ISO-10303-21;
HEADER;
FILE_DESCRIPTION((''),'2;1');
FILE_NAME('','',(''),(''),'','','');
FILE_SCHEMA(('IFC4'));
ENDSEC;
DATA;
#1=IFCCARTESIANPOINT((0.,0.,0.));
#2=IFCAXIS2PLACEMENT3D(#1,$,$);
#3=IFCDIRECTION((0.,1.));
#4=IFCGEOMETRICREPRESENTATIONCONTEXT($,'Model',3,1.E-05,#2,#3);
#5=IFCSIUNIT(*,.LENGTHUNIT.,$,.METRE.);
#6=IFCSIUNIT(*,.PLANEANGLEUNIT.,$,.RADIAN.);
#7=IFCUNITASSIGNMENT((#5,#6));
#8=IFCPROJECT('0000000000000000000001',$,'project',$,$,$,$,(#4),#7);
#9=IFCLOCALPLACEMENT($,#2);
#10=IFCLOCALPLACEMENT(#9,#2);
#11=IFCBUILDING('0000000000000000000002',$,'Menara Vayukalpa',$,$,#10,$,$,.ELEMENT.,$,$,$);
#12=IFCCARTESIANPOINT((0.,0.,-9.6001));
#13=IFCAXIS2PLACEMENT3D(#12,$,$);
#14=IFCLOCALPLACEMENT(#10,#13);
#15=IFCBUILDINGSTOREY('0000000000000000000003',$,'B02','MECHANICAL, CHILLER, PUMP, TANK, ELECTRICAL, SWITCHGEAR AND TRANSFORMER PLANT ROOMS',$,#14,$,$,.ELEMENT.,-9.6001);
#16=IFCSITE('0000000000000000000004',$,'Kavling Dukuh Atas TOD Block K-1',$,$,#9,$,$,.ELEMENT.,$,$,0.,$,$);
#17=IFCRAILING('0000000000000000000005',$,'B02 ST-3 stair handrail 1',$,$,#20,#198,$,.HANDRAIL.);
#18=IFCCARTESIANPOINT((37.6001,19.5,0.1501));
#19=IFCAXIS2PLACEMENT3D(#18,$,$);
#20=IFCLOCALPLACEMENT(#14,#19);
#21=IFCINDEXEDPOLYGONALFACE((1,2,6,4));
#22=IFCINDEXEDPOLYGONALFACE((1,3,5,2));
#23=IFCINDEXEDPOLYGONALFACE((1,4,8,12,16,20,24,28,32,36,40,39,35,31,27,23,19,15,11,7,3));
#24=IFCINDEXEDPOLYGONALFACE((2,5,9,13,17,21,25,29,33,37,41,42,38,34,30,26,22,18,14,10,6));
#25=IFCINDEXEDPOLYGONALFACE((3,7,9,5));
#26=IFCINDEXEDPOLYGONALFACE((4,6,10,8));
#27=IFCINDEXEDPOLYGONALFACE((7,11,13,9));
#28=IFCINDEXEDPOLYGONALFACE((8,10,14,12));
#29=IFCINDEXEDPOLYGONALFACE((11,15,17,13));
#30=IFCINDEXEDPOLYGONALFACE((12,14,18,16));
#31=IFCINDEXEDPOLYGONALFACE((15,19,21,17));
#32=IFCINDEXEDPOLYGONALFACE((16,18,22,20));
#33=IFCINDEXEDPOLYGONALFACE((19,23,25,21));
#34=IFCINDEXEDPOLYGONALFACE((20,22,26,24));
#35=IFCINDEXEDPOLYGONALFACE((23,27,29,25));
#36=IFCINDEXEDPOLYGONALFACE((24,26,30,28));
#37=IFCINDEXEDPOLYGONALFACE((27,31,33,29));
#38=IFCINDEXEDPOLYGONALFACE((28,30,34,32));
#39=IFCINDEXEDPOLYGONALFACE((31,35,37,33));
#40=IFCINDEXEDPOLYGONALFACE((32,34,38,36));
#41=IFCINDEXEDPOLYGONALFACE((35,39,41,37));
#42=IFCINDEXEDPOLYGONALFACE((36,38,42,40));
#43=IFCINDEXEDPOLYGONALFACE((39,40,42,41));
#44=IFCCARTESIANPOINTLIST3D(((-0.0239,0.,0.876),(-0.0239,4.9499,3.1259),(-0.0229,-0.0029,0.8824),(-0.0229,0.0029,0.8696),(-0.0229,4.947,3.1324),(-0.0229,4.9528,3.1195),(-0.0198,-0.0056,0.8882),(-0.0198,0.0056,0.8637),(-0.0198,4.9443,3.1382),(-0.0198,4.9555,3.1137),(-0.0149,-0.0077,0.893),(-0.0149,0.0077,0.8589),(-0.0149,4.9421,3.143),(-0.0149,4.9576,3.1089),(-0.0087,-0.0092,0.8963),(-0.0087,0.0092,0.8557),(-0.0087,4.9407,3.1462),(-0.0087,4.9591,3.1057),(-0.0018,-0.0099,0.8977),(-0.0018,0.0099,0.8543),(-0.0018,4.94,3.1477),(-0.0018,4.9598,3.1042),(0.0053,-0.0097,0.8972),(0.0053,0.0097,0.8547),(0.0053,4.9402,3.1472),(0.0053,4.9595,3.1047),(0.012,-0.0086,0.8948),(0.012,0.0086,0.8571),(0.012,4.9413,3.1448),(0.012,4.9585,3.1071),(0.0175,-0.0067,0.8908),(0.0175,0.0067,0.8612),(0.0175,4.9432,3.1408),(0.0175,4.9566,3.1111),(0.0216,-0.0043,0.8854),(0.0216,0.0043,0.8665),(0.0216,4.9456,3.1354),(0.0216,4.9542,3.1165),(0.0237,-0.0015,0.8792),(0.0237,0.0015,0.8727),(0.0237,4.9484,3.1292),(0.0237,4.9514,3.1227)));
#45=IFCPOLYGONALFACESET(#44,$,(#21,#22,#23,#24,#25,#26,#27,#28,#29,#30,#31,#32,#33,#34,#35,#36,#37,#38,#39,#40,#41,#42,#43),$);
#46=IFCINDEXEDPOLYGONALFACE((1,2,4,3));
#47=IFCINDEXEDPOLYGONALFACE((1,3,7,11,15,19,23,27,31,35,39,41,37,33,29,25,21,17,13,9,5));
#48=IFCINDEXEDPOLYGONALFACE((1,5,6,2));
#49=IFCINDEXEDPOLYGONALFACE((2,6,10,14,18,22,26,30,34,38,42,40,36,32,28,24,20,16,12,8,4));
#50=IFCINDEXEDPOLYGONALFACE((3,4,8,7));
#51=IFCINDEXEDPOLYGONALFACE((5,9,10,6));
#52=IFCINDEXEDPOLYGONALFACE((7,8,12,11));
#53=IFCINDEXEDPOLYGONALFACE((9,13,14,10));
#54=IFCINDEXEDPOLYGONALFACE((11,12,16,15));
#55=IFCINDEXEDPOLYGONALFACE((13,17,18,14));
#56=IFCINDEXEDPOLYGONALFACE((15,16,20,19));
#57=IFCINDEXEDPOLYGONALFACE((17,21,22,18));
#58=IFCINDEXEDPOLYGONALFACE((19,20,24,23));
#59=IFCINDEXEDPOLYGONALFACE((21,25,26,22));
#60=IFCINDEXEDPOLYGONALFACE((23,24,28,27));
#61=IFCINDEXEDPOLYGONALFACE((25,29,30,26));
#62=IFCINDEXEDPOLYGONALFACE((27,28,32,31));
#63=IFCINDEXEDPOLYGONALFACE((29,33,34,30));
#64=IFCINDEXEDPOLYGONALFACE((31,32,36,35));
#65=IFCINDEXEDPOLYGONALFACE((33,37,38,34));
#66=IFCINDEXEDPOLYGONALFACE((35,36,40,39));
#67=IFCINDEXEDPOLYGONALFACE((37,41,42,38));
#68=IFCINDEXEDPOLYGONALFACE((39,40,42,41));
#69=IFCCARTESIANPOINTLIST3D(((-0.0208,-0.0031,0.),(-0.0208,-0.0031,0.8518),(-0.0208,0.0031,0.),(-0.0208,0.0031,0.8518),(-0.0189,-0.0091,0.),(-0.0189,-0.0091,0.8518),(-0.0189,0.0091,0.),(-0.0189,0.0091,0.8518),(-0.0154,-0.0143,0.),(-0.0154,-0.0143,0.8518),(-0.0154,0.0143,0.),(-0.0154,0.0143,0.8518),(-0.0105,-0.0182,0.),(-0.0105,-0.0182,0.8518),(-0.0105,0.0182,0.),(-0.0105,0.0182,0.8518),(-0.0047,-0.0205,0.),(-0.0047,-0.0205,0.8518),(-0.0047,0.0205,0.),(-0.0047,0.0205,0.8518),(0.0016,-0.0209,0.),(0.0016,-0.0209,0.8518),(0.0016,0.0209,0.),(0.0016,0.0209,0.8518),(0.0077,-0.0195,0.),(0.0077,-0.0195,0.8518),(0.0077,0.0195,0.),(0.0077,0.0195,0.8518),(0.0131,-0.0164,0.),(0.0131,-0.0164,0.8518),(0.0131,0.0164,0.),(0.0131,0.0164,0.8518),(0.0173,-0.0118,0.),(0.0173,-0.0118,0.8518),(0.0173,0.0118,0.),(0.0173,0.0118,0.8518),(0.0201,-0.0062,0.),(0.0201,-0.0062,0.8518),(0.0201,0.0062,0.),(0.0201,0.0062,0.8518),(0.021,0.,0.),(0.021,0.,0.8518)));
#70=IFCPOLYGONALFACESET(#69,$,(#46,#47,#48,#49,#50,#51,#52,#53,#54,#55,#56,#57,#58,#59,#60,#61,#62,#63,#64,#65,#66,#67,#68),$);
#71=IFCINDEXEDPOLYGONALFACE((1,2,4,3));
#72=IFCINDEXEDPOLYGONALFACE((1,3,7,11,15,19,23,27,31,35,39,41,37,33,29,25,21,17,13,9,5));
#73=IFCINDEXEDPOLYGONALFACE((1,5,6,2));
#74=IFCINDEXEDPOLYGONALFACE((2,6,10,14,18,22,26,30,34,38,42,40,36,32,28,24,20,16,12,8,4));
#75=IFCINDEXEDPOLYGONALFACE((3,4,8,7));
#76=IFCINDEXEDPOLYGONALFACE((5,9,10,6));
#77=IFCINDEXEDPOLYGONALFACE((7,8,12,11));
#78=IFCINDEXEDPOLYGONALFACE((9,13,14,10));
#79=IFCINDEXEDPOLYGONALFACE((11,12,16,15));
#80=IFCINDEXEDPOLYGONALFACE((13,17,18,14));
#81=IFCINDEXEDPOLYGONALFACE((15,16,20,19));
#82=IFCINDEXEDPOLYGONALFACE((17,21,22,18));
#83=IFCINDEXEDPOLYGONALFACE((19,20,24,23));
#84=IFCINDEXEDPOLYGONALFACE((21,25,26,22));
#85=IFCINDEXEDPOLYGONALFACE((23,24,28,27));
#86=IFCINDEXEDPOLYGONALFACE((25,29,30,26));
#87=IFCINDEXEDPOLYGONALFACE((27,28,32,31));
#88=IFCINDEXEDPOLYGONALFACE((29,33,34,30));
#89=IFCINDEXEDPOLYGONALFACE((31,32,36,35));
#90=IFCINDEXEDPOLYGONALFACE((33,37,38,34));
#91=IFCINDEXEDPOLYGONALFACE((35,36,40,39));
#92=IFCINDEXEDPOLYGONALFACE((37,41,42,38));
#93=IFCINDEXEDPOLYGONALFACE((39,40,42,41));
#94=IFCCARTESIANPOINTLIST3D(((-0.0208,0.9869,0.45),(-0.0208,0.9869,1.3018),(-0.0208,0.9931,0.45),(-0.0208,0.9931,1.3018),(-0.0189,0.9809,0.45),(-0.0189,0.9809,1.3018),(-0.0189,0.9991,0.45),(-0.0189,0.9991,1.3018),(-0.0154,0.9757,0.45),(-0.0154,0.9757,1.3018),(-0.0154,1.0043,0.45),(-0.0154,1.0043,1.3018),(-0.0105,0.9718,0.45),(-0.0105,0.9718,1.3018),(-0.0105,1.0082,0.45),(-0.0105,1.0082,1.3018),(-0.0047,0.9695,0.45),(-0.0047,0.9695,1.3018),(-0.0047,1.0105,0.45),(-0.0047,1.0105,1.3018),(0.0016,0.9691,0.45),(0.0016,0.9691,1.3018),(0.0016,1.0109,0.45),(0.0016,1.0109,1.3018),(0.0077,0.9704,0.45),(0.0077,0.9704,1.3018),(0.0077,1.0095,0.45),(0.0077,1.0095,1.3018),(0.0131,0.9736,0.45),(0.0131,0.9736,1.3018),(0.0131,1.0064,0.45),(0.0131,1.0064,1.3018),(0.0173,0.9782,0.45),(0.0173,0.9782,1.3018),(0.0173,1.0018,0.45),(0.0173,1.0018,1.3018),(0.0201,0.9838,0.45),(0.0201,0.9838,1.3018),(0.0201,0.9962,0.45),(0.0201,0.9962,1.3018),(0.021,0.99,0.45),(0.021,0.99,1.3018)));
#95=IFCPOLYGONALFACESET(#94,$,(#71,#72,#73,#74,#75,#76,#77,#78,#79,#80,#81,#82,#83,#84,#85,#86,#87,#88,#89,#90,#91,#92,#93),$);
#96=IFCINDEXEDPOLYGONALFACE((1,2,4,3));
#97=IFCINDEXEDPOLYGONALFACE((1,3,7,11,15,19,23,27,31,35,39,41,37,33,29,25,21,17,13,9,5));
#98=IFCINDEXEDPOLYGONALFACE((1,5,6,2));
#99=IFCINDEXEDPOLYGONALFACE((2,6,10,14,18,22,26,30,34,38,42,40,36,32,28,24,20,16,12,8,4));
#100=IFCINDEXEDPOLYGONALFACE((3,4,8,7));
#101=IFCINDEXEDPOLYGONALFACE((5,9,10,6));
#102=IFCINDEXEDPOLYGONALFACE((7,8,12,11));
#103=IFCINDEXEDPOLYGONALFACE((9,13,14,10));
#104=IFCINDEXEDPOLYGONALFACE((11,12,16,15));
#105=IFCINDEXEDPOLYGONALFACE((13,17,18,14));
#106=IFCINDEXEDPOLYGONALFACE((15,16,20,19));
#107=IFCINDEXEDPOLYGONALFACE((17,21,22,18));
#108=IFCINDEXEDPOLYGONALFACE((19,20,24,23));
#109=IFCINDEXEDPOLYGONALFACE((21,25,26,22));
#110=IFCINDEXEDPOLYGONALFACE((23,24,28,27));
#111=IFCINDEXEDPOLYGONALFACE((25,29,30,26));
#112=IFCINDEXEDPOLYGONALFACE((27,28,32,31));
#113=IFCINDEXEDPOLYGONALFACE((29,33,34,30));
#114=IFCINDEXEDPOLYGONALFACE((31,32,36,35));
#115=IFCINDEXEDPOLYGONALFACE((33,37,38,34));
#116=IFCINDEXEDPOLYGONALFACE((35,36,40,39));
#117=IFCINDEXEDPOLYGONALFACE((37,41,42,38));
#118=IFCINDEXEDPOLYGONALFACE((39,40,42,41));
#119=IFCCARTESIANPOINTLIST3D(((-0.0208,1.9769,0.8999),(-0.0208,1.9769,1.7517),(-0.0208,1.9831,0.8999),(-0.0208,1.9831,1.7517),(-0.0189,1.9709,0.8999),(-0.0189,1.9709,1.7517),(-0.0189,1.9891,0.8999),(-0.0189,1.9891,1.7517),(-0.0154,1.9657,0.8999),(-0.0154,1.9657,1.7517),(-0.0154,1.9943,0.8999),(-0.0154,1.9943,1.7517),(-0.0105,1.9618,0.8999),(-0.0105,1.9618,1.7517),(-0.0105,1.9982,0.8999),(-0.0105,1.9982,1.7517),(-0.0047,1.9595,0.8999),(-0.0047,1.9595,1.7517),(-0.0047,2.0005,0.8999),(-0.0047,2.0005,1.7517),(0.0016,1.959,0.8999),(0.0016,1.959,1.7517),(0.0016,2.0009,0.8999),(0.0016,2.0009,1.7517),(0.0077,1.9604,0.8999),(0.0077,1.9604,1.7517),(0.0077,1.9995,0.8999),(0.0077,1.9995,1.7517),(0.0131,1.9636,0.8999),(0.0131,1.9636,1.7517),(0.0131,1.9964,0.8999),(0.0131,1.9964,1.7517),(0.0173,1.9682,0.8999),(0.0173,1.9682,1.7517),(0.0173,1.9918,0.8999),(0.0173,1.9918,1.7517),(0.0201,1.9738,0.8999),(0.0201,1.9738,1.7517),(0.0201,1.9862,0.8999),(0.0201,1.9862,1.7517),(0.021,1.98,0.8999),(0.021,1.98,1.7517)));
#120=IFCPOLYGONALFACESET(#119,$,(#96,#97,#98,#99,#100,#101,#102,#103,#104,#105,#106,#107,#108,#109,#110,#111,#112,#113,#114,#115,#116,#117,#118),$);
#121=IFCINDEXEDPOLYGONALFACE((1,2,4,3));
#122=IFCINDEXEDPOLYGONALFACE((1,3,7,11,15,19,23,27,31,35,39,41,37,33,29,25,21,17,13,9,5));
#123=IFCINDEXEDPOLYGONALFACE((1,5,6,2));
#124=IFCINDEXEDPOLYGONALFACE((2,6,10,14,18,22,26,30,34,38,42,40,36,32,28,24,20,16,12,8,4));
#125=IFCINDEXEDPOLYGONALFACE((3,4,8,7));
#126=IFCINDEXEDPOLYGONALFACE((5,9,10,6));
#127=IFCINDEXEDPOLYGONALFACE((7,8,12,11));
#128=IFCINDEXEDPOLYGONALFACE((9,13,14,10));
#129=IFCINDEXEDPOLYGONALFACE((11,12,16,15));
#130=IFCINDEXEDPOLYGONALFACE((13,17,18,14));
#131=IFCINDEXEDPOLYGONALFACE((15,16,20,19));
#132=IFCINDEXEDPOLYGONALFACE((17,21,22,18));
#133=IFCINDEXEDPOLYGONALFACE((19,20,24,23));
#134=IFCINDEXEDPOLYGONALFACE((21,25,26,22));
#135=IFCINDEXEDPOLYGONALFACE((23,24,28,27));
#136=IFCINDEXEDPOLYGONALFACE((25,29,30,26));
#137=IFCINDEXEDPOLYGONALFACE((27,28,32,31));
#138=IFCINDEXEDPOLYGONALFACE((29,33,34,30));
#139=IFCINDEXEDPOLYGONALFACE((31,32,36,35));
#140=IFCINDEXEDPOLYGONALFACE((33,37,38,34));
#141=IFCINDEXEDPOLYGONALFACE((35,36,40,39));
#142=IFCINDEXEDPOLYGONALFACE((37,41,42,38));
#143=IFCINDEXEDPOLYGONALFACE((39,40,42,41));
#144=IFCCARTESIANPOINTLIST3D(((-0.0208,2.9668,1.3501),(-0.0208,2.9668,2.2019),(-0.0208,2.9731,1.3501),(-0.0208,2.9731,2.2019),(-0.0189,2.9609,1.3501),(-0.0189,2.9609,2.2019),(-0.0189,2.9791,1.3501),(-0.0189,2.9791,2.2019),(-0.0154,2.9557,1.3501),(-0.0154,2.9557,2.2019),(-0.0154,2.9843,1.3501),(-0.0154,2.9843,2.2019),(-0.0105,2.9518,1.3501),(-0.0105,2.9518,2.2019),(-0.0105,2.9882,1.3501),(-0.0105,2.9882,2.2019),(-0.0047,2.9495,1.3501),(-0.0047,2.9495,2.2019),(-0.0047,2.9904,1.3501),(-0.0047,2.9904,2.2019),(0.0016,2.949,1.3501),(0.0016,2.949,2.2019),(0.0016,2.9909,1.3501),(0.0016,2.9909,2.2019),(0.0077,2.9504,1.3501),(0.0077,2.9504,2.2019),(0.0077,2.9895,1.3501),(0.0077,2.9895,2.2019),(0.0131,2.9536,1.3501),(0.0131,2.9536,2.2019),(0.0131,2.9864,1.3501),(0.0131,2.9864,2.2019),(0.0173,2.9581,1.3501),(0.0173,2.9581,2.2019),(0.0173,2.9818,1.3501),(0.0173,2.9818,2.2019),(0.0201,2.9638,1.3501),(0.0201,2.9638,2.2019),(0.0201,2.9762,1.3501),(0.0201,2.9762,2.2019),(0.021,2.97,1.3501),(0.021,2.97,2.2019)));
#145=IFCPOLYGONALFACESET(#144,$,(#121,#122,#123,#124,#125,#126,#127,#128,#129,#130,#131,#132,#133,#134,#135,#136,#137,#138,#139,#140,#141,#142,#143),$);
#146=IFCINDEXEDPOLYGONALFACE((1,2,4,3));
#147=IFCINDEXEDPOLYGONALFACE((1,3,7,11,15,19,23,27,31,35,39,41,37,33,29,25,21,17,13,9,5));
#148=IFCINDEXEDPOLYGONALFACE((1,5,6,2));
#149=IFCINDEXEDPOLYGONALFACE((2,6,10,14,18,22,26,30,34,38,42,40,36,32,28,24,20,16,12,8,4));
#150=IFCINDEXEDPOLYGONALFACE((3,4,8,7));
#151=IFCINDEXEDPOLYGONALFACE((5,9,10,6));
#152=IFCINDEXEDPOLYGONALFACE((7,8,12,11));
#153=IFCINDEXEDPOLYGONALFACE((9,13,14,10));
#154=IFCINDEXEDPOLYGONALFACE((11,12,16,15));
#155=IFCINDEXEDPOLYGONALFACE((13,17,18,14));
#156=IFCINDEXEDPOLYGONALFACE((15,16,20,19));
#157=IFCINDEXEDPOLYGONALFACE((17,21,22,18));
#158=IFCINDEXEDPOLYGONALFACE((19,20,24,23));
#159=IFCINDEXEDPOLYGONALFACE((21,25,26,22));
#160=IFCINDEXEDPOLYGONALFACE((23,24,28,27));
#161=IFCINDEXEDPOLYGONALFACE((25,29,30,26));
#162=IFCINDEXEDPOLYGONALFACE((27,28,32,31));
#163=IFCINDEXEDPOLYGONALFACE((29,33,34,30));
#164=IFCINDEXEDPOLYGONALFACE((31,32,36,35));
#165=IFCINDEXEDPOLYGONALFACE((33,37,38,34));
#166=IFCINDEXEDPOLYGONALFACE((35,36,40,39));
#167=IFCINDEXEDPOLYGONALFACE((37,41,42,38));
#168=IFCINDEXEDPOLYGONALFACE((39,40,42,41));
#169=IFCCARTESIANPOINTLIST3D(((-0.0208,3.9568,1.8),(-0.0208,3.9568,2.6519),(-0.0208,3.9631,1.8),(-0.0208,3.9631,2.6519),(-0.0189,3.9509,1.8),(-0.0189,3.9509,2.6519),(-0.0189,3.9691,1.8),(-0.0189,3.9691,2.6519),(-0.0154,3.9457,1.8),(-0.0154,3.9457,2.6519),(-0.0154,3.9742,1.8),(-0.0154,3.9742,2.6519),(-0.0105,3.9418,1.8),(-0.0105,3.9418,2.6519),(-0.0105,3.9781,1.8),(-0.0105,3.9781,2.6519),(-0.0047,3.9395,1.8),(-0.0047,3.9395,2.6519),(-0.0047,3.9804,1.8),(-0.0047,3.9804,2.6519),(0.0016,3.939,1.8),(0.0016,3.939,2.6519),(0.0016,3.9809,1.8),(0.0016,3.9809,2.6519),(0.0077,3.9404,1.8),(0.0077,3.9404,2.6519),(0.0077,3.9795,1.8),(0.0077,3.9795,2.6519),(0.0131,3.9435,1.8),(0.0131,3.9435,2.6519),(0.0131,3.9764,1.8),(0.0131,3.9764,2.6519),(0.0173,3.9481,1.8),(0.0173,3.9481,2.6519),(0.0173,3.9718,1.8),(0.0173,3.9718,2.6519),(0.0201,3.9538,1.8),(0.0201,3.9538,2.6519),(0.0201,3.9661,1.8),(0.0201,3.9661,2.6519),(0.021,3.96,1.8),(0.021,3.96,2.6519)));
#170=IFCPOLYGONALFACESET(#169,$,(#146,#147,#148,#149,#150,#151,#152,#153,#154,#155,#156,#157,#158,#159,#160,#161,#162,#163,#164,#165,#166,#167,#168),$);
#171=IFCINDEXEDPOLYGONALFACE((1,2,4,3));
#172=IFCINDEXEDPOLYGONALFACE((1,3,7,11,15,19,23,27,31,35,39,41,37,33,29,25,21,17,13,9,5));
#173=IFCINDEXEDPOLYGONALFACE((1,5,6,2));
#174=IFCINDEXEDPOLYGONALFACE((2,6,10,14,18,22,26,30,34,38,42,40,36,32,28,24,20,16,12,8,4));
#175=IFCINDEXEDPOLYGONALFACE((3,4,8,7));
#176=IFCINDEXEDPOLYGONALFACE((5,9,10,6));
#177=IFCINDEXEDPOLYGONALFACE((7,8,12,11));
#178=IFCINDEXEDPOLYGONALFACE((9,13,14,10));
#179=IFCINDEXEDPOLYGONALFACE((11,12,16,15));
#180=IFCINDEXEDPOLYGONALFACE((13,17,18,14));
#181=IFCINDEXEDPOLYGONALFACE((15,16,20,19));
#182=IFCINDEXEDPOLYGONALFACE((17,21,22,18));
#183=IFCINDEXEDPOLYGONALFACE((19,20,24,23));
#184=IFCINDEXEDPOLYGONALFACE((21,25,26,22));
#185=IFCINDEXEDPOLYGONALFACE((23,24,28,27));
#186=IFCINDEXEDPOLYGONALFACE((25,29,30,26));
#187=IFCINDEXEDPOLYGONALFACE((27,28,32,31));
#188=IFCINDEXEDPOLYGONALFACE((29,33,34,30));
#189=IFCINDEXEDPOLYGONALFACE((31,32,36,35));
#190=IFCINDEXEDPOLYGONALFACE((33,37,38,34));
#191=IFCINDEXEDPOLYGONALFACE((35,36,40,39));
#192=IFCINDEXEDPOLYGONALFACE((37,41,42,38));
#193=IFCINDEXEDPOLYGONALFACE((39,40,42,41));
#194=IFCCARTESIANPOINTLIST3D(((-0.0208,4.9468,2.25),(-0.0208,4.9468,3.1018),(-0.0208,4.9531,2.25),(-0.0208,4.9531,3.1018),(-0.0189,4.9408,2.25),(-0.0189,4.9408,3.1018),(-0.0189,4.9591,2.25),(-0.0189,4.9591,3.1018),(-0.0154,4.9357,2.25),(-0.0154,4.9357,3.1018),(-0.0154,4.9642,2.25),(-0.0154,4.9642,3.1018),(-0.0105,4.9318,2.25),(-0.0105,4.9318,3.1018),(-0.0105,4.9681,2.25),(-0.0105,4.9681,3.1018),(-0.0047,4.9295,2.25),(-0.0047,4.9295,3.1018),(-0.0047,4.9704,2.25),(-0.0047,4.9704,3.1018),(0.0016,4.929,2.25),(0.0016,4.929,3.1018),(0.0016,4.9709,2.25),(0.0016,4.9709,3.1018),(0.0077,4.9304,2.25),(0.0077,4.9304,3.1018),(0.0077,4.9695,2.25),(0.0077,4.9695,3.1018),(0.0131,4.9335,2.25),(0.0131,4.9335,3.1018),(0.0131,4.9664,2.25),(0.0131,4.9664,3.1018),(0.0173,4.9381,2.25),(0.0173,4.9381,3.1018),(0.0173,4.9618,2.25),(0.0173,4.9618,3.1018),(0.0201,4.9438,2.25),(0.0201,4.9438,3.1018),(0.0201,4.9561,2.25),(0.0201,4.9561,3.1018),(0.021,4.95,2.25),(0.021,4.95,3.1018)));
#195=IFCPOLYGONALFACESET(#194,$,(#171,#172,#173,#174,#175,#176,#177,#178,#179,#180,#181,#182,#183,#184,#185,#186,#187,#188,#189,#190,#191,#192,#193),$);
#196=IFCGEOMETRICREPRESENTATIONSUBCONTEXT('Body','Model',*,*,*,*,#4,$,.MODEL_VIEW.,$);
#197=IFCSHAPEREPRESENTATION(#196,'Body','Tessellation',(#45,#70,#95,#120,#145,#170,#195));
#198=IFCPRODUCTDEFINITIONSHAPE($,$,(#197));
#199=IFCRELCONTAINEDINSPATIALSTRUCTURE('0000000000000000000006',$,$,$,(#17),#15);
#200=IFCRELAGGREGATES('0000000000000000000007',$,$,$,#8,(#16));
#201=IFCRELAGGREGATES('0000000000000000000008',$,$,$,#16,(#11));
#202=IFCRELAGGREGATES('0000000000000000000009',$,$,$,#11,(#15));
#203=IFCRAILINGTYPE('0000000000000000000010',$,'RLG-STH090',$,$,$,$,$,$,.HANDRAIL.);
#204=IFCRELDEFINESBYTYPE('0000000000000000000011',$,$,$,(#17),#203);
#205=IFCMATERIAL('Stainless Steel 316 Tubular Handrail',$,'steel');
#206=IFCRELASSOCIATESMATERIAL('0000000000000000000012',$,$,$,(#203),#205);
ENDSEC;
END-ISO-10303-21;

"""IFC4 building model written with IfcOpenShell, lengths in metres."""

from ifc_helpers import new_model, si_unit, direction, frame, origin, origin_2d, place, context, subcontext, project, spatial, circle, extrude, material, type_object, element, save


model = new_model("IFC4")

# Units and contexts
model_context = context("Model", 3, precision=1e-05, world=origin(), true_north=direction((0.0, 1.0)))
body_context = subcontext(model_context, "Body", "Model", "MODEL_VIEW")
ifc_project = project(units=[si_unit("LENGTHUNIT", "METRE"), si_unit("PLANEANGLEUNIT", "RADIAN")], contexts=[model_context])

# Site, building, storey
site_placement = place(None, origin())
site = spatial("IfcSite", under=ifc_project, at=site_placement, Name="Kavling Dukuh Atas TOD Block K-1", CompositionType="ELEMENT", RefElevation=0.0)
building_placement = place(site_placement, origin())
building = spatial("IfcBuilding", under=site, at=building_placement, Name="Menara Vayukalpa", CompositionType="ELEMENT")
storey_placement = place(building_placement, frame((0.0, 0.0, -9.6001)))
storey = spatial("IfcBuildingStorey", under=building, at=storey_placement, Name="B02", Description="MECHANICAL, CHILLER, PUMP, TANK, ELECTRICAL, SWITCHGEAR AND TRANSFORMER PLANT ROOMS", CompositionType="ELEMENT", Elevation=-9.6001)

# Railing
ifc_material_1 = material(Name="Stainless Steel 316 Tubular Handrail", Category="steel")
railing_type_1 = type_object("IfcRailingType", Name="RLG-STH090", PredefinedType="HANDRAIL", material=ifc_material_1)
for number, where, name in (
    (1, (37.6001, 19.5, 0.1501), "B02 ST-3 stair handrail 1"),
):
    element("IfcRailing", number, at=place(storey_placement, frame(where)), inside=storey, type_object=railing_type_1, Name=name, PredefinedType="HANDRAIL", context=body_context, shape_type="SweptSolid", body=[
        extrude(circle(Radius=0.0239, at=origin_2d()), frame((0.0, 0.0, 0.876), z_axis=(0.0, 0.910365, 0.413806), x_axis=(-1.0, 0.0, 0.0)), (0.0, 0.0, 1.0), 5.4373),
        extrude(circle(Radius=0.021, at=origin_2d()), origin(), (0.0, 0.0, 1.0), 0.8518),
        extrude(circle(Radius=0.021, at=origin_2d()), frame((0.0, 0.99, 0.45)), (0.0, 0.0, 1.0), 0.8518),
        extrude(circle(Radius=0.021, at=origin_2d()), frame((0.0, 1.98, 0.8999)), (0.0, 0.0, 1.0), 0.8518),
        extrude(circle(Radius=0.021, at=origin_2d()), frame((0.0, 2.97, 1.3501)), (0.0, 0.0, 1.0), 0.8518),
        extrude(circle(Radius=0.021, at=origin_2d()), frame((0.0, 3.96, 1.8)), (0.0, 0.0, 1.0), 0.8518),
        extrude(circle(Radius=0.021, at=origin_2d()), frame((0.0, 4.95, 2.25)), (0.0, 0.0, 1.0), 0.8518),
    ])

save(model, "model.ifc")
